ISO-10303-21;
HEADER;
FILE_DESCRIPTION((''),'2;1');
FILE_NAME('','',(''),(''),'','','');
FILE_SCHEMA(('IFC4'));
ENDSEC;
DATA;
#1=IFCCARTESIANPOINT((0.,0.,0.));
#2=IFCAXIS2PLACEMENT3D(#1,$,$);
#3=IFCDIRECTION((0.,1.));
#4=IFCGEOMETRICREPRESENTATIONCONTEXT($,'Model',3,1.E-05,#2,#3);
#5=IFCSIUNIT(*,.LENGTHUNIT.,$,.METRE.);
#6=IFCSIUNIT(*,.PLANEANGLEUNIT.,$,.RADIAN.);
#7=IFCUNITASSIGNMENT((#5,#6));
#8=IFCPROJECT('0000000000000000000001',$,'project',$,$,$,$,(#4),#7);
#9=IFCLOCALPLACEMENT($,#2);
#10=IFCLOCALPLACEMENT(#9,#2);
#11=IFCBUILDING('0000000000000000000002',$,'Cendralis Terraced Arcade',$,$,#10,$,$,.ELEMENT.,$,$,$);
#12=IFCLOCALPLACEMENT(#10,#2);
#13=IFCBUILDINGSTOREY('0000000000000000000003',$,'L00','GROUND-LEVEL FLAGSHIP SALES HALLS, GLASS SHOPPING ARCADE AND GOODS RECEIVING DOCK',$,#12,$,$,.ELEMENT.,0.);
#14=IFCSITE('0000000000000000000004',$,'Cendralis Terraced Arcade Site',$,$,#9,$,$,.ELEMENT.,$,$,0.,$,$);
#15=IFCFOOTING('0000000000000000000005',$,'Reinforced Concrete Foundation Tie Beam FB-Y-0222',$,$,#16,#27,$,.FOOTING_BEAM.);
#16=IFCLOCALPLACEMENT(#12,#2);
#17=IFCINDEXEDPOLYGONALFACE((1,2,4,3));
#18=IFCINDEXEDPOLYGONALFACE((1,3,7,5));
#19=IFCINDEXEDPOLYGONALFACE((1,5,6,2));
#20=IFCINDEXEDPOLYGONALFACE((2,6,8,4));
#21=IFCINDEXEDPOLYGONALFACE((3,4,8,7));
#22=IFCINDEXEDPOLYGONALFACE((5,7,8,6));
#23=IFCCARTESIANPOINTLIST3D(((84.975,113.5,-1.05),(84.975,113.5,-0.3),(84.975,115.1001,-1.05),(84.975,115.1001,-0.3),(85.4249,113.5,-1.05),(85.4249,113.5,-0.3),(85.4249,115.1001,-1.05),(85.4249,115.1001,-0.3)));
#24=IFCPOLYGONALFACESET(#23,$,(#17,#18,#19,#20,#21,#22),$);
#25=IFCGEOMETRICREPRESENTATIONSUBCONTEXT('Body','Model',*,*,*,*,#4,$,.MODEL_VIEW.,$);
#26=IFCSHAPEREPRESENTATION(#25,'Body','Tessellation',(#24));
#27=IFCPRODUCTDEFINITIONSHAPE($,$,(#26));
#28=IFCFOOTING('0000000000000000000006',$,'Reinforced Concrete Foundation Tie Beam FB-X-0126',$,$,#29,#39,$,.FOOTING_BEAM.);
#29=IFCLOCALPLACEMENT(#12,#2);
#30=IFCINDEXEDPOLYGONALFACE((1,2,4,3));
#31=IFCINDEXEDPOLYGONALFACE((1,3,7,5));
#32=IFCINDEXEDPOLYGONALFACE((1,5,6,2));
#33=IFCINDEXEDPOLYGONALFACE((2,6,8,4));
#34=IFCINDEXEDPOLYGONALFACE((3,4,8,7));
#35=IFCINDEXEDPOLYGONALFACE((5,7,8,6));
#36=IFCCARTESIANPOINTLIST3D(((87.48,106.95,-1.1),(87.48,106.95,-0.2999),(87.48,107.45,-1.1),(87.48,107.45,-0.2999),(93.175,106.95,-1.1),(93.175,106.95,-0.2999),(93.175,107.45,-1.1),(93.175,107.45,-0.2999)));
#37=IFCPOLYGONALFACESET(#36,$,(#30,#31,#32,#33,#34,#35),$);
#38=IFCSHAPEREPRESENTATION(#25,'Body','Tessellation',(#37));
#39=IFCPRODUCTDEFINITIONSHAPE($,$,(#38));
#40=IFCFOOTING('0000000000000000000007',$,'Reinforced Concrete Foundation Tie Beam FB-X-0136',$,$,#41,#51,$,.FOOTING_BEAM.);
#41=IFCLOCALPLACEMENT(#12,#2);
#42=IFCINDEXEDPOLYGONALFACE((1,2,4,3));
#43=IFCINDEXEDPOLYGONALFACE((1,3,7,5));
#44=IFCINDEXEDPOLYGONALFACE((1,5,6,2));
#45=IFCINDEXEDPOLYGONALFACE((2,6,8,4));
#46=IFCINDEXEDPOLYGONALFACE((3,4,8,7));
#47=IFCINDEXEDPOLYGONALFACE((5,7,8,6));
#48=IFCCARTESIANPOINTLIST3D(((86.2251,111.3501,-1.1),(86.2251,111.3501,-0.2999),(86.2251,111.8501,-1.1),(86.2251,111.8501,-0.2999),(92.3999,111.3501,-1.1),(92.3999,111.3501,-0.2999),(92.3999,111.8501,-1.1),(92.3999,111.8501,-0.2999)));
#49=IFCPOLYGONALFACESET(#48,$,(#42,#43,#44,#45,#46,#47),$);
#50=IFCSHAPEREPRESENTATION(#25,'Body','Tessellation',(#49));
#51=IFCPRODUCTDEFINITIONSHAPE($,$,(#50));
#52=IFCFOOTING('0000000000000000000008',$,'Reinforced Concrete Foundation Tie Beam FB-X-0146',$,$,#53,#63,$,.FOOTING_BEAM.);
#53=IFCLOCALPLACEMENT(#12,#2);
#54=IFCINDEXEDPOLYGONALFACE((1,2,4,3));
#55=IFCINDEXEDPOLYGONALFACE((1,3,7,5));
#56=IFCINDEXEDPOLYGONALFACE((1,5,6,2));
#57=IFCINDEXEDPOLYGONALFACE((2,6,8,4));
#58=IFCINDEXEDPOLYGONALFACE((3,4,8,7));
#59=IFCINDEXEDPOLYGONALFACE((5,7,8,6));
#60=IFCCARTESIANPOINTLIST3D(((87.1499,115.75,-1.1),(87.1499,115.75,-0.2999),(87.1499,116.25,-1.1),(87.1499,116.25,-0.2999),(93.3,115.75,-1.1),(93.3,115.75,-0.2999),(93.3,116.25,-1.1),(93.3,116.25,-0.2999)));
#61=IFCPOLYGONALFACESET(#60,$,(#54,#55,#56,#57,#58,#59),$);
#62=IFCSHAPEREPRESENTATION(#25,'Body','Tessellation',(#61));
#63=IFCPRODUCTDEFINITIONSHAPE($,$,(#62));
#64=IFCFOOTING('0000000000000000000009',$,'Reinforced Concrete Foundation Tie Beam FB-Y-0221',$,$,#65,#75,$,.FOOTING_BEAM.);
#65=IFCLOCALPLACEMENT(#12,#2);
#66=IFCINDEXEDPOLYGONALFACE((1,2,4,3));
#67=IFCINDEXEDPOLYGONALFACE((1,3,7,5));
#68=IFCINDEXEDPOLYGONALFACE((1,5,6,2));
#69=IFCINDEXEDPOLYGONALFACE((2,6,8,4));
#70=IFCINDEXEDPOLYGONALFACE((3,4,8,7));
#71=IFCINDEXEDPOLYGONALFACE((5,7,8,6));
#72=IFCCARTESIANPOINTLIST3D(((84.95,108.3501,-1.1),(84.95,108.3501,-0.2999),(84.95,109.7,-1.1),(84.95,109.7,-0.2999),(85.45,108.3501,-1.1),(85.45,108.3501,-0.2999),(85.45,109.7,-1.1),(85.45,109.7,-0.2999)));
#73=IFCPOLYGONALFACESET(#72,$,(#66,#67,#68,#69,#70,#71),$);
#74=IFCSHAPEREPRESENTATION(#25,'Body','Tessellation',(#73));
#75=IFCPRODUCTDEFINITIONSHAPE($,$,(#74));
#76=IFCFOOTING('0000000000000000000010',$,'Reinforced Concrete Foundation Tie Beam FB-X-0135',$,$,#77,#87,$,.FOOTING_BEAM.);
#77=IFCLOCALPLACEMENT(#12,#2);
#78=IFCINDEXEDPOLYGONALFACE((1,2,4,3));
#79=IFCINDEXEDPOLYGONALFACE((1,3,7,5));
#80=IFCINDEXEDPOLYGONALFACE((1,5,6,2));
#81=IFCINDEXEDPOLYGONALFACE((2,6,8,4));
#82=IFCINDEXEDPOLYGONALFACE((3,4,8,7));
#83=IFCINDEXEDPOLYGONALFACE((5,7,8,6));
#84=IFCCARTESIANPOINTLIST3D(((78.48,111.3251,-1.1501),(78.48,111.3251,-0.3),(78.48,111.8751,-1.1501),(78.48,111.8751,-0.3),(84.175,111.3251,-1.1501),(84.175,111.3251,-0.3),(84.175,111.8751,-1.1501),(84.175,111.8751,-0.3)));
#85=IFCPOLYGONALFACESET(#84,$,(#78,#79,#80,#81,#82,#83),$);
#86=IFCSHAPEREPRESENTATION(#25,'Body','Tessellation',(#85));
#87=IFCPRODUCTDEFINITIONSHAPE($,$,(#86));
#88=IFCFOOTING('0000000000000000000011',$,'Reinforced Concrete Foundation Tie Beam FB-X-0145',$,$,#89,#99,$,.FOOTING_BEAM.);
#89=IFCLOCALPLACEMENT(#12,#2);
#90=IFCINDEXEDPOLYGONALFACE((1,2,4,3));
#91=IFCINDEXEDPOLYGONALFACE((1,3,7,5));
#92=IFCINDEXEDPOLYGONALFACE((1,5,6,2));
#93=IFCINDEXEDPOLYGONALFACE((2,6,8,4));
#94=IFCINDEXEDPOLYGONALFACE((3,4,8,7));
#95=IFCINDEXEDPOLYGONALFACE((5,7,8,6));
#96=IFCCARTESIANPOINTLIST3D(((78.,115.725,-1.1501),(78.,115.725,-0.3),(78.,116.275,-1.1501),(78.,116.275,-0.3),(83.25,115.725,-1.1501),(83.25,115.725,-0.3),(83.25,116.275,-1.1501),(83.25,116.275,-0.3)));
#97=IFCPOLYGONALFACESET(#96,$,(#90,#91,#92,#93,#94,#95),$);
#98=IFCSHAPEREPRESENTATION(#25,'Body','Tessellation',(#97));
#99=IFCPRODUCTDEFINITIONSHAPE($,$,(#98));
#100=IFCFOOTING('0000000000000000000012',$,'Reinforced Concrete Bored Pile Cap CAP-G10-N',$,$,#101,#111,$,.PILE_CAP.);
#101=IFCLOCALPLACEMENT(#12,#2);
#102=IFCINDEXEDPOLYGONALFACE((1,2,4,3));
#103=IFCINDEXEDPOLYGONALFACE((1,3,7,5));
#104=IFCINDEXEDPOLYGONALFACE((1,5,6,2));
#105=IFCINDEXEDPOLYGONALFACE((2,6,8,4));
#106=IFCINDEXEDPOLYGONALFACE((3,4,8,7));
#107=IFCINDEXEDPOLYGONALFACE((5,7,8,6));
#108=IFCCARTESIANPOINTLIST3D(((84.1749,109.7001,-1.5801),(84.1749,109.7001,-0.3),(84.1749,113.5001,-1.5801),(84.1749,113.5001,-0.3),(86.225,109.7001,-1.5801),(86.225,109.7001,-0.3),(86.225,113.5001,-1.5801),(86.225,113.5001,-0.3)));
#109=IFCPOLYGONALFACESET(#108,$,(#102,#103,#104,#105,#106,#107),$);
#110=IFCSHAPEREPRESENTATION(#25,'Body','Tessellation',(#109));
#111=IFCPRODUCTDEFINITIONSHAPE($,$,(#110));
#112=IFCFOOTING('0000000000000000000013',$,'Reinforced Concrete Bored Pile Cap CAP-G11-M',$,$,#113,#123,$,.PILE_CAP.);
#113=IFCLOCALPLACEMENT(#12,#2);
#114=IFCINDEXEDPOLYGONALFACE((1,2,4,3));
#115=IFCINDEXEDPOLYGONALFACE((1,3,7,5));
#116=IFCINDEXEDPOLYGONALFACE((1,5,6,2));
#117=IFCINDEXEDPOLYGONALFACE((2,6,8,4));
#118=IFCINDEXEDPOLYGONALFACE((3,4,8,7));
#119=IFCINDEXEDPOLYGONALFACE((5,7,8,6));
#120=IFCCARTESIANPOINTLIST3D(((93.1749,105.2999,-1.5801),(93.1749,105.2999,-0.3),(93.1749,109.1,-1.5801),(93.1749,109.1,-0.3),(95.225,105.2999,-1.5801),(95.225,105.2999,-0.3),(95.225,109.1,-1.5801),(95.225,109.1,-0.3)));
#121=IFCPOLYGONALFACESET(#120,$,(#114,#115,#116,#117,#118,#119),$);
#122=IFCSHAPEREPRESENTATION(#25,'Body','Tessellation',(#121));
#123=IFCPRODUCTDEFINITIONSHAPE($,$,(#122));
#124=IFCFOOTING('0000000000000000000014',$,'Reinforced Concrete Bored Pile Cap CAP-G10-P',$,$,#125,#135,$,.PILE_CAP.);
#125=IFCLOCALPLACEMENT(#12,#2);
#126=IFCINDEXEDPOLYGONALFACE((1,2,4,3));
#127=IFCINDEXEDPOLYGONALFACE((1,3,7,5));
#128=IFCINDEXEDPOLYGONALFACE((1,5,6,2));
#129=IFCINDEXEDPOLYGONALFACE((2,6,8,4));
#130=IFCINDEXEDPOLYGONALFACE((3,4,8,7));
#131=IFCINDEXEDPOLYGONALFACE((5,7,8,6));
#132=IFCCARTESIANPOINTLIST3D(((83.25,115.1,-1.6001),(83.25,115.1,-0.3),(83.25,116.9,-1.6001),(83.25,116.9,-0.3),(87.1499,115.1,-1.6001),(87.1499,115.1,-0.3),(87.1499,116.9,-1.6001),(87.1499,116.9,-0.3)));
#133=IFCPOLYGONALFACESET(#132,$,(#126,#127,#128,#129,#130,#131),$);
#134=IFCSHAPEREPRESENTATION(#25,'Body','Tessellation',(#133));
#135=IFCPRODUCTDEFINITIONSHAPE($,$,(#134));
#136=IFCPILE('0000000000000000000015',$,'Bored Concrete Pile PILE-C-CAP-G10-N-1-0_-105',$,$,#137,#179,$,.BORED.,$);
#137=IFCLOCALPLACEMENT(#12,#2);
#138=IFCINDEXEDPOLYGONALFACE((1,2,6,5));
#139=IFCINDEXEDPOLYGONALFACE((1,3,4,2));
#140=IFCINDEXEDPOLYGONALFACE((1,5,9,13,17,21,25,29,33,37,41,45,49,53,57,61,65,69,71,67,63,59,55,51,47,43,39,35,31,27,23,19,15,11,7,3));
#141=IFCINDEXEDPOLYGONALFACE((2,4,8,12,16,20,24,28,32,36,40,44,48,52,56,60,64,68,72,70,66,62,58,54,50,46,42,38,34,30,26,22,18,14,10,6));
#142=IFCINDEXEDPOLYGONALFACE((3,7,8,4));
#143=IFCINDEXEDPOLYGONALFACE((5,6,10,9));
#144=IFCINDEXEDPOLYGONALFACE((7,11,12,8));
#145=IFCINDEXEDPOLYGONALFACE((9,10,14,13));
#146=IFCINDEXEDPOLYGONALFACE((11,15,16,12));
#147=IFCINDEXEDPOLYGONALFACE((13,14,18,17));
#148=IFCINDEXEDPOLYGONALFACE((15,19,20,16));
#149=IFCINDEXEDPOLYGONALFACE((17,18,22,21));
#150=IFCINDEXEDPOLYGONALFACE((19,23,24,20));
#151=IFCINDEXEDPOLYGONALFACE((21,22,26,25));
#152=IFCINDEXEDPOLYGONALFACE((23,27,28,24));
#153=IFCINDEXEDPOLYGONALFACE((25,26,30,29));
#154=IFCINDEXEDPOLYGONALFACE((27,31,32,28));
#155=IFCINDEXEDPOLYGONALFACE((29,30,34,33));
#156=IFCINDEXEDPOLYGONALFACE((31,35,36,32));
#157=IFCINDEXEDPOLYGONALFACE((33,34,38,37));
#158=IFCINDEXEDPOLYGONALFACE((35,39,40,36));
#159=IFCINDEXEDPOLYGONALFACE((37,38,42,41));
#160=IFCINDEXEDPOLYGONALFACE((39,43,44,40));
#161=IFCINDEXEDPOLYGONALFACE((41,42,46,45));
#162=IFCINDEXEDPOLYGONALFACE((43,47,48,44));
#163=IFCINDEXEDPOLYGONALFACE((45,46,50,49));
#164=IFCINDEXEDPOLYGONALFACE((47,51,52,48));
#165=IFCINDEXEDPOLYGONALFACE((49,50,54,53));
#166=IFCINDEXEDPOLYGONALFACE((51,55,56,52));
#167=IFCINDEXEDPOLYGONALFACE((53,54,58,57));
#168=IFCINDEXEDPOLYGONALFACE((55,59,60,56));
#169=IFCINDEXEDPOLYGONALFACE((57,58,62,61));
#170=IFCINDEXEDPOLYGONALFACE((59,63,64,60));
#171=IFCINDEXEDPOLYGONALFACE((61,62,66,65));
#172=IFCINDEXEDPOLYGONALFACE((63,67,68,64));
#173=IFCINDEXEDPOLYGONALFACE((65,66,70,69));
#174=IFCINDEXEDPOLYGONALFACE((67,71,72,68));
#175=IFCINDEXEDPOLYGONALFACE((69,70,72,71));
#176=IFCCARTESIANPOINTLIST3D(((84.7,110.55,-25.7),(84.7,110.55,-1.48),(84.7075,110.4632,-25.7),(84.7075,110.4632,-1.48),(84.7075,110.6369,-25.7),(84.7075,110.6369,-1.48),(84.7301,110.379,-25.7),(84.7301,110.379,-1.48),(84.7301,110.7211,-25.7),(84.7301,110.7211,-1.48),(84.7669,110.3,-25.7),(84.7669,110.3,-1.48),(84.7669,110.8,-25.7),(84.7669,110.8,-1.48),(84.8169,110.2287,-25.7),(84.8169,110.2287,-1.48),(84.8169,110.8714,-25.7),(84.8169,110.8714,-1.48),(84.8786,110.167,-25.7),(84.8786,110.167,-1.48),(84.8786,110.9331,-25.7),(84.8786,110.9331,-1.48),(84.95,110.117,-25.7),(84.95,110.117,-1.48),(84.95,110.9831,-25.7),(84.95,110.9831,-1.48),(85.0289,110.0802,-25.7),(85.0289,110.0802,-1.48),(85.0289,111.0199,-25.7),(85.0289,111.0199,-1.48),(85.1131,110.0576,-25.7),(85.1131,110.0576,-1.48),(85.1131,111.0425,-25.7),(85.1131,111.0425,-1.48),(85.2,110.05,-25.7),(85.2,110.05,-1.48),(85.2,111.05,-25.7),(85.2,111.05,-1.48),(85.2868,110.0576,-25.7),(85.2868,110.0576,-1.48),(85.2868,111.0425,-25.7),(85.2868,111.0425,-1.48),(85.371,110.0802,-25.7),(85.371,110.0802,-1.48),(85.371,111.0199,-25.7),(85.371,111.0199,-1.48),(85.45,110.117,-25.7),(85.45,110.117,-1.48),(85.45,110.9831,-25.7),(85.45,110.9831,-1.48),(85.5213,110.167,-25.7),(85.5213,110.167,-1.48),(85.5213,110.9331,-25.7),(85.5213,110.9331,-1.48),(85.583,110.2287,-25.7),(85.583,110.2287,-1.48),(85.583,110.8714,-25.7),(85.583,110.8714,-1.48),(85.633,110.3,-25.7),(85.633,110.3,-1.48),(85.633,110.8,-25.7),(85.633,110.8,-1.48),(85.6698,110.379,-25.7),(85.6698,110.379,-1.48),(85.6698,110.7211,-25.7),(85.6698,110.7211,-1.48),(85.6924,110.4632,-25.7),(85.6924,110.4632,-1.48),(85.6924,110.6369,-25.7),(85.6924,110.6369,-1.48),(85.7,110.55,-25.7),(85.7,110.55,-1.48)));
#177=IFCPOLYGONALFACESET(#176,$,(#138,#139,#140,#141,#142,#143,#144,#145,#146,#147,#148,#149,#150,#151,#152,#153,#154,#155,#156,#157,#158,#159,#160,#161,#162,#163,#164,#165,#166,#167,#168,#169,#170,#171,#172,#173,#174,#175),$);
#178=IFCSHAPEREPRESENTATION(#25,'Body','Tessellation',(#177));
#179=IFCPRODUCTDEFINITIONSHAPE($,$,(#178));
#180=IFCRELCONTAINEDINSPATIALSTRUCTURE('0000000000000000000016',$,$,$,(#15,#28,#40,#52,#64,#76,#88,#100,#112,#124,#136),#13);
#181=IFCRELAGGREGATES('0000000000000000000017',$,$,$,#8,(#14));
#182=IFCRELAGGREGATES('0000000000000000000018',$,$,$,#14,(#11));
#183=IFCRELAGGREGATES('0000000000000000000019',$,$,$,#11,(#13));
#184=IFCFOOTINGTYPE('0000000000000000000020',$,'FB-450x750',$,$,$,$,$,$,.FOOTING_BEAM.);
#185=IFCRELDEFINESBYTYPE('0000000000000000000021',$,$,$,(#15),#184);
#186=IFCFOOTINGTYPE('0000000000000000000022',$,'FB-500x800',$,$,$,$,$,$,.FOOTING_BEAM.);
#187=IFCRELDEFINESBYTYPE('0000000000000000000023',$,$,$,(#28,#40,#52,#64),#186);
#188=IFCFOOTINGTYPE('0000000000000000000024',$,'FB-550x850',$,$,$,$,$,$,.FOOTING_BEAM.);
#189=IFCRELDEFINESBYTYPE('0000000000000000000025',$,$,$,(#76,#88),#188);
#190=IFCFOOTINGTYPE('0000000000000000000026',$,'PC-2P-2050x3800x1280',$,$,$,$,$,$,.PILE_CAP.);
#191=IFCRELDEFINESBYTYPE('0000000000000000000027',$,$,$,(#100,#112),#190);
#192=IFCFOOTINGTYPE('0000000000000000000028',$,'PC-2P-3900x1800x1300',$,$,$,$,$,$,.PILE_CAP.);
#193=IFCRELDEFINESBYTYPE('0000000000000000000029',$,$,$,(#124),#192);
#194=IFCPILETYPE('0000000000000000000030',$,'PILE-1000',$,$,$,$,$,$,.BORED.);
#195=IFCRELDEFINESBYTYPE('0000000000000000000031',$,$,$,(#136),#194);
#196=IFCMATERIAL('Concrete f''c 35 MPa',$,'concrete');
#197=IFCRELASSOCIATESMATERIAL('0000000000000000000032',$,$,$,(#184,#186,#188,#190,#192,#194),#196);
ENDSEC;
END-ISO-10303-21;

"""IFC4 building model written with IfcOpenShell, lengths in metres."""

from ifc_helpers import new_model, si_unit, direction, frame, origin, origin_2d, place, context, subcontext, project, spatial, rectangle, circle, extrude, material, material_profile, profile_set, type_object, element, save


model = new_model("IFC4")

# Units and contexts
model_context = context("Model", 3, precision=1e-05, world=origin(), true_north=direction((0.0, 1.0)))
body_context = subcontext(model_context, "Body", "Model", "MODEL_VIEW")
ifc_project = project(units=[si_unit("LENGTHUNIT", "METRE"), si_unit("PLANEANGLEUNIT", "RADIAN")], contexts=[model_context])

# Site, building, storey
site_placement = place(None, origin())
site = spatial("IfcSite", under=ifc_project, at=site_placement, Name="Cendralis Terraced Arcade Site", CompositionType="ELEMENT", RefElevation=0.0)
building_placement = place(site_placement, origin())
building = spatial("IfcBuilding", under=site, at=building_placement, Name="Cendralis Terraced Arcade", CompositionType="ELEMENT")
storey_placement = place(building_placement, origin())
storey = spatial("IfcBuildingStorey", under=building, at=storey_placement, Name="L00", Description="GROUND-LEVEL FLAGSHIP SALES HALLS, GLASS SHOPPING ARCADE AND GOODS RECEIVING DOCK", CompositionType="ELEMENT", Elevation=0.0)

# Footings
ifc_material_1 = material(Name="Concrete f'c 35 MPa", Category="concrete")
ifc_material_profile_1 = material_profile(ifc_material_1, rectangle(XDim=0.45, YDim=0.75, at=origin_2d()), Name="FB-450x750", Category="LoadBearing")
ifc_profile_set_1 = profile_set([ifc_material_profile_1], Name="Concrete f'c 35 MPa")
footing_type_1 = type_object("IfcFootingType", Name="FB-450x750", PredefinedType="FOOTING_BEAM", material=ifc_profile_set_1)
footing_1_placement = place(storey_placement, frame((85.2, 113.5, -0.675), z_axis=(0.0, 1.0, 0.0), x_axis=(-1.0, 0.0, 0.0)))
element("IfcFooting", 1, at=footing_1_placement, inside=storey, type_object=footing_type_1, Name="Reinforced Concrete Foundation Tie Beam FB-Y-0222", PredefinedType="FOOTING_BEAM", context=body_context, shape_type="SweptSolid", body=[
    extrude(rectangle(XDim=0.45, YDim=0.75, at=origin_2d()), origin(), (0.0, 0.0, 1.0), 1.6001),
])
ifc_material_profile_2 = material_profile(ifc_material_1, rectangle(XDim=0.5, YDim=0.8, at=origin_2d()), Name="FB-500x800", Category="LoadBearing")
ifc_profile_set_2 = profile_set([ifc_material_profile_2], Name="Concrete f'c 35 MPa")
footing_type_2 = type_object("IfcFootingType", Name="FB-500x800", PredefinedType="FOOTING_BEAM", material=ifc_profile_set_2)
footing_2_placement = place(storey_placement, frame((87.48, 107.2, -0.7), z_axis=(1.0, 0.0, 0.0), x_axis=(0.0, 1.0, 0.0)))
element("IfcFooting", 2, at=footing_2_placement, inside=storey, type_object=footing_type_2, Name="Reinforced Concrete Foundation Tie Beam FB-X-0126", PredefinedType="FOOTING_BEAM", context=body_context, shape_type="SweptSolid", body=[
    extrude(rectangle(XDim=0.5, YDim=0.8, at=origin_2d()), origin(), (0.0, 0.0, 1.0), 5.6951),
])
footing_3_placement = place(storey_placement, frame((86.2251, 111.6001, -0.7), z_axis=(1.0, 0.0, 0.0), x_axis=(0.0, 1.0, 0.0)))
element("IfcFooting", 3, at=footing_3_placement, inside=storey, type_object=footing_type_2, Name="Reinforced Concrete Foundation Tie Beam FB-X-0136", PredefinedType="FOOTING_BEAM", context=body_context, shape_type="SweptSolid", body=[
    extrude(rectangle(XDim=0.5, YDim=0.8, at=origin_2d()), origin(), (0.0, 0.0, 1.0), 6.1748),
])
footing_4_placement = place(storey_placement, frame((87.1499, 116.0, -0.7), z_axis=(1.0, 0.0, 0.0), x_axis=(0.0, 1.0, 0.0)))
element("IfcFooting", 4, at=footing_4_placement, inside=storey, type_object=footing_type_2, Name="Reinforced Concrete Foundation Tie Beam FB-X-0146", PredefinedType="FOOTING_BEAM", context=body_context, shape_type="SweptSolid", body=[
    extrude(rectangle(XDim=0.5, YDim=0.8, at=origin_2d()), origin(), (0.0, 0.0, 1.0), 6.1501),
])
footing_5_placement = place(storey_placement, frame((85.2, 108.3501, -0.7), z_axis=(0.0, 1.0, 0.0), x_axis=(-1.0, 0.0, 0.0)))
element("IfcFooting", 5, at=footing_5_placement, inside=storey, type_object=footing_type_2, Name="Reinforced Concrete Foundation Tie Beam FB-Y-0221", PredefinedType="FOOTING_BEAM", context=body_context, shape_type="SweptSolid", body=[
    extrude(rectangle(XDim=0.5, YDim=0.8, at=origin_2d()), origin(), (0.0, 0.0, 1.0), 1.3499),
])
ifc_material_profile_3 = material_profile(ifc_material_1, rectangle(XDim=0.55, YDim=0.8501, at=origin_2d()), Name="FB-550x850", Category="LoadBearing")
ifc_profile_set_3 = profile_set([ifc_material_profile_3], Name="Concrete f'c 35 MPa")
footing_type_3 = type_object("IfcFootingType", Name="FB-550x850", PredefinedType="FOOTING_BEAM", material=ifc_profile_set_3)
footing_6_placement = place(storey_placement, frame((78.48, 111.6001, -0.7251), z_axis=(1.0, 0.0, 0.0), x_axis=(0.0, 1.0, 0.0)))
element("IfcFooting", 6, at=footing_6_placement, inside=storey, type_object=footing_type_3, Name="Reinforced Concrete Foundation Tie Beam FB-X-0135", PredefinedType="FOOTING_BEAM", context=body_context, shape_type="SweptSolid", body=[
    extrude(rectangle(XDim=0.55, YDim=0.8501, at=origin_2d()), origin(), (0.0, 0.0, 1.0), 5.6951),
])
footing_7_placement = place(storey_placement, frame((78.0, 116.0, -0.7251), z_axis=(1.0, 0.0, 0.0), x_axis=(0.0, 1.0, 0.0)))
element("IfcFooting", 7, at=footing_7_placement, inside=storey, type_object=footing_type_3, Name="Reinforced Concrete Foundation Tie Beam FB-X-0145", PredefinedType="FOOTING_BEAM", context=body_context, shape_type="SweptSolid", body=[
    extrude(rectangle(XDim=0.55, YDim=0.8501, at=origin_2d()), origin(), (0.0, 0.0, 1.0), 5.25),
])
footing_type_4 = type_object("IfcFootingType", Name="PC-2P-2050x3800x1280", PredefinedType="PILE_CAP", material=ifc_material_1)
for number, where, z_axis, x_axis, name in (
    (8, (85.2, 111.6001, -1.5801), (0.0, 0.0, 1.0), (1.0, 0.0, 0.0), "Reinforced Concrete Bored Pile Cap CAP-G10-N"),
    (9, (94.2, 107.2, -1.5801), (0.0, 0.0, 1.0), (1.0, 0.0, 0.0), "Reinforced Concrete Bored Pile Cap CAP-G11-M"),
):
    element("IfcFooting", number, at=place(storey_placement, frame(where, z_axis=z_axis, x_axis=x_axis)), inside=storey, type_object=footing_type_4, Name=name, PredefinedType="PILE_CAP", context=body_context, shape_type="SweptSolid", body=[
        extrude(rectangle(XDim=2.05, YDim=3.8, at=origin_2d()), origin(), (0.0, 0.0, 1.0), 1.28),
    ])
footing_type_5 = type_object("IfcFootingType", Name="PC-2P-3900x1800x1300", PredefinedType="PILE_CAP", material=ifc_material_1)
footing_8_placement = place(storey_placement, frame((85.2, 116.0, -1.6001), z_axis=(0.0, 0.0, 1.0), x_axis=(1.0, 0.0, 0.0)))
element("IfcFooting", 10, at=footing_8_placement, inside=storey, type_object=footing_type_5, Name="Reinforced Concrete Bored Pile Cap CAP-G10-P", PredefinedType="PILE_CAP", context=body_context, shape_type="SweptSolid", body=[
    extrude(rectangle(XDim=3.8999, YDim=1.8, at=origin_2d()), origin(), (0.0, 0.0, 1.0), 1.3),
])

# Pile
ifc_material_profile_4 = material_profile(ifc_material_1, circle(Radius=0.5, at=origin_2d()), Name="PILE-D1000", Category="LoadBearing")
ifc_profile_set_4 = profile_set([ifc_material_profile_4], Name="Concrete f'c 35 MPa")
pile_type_1 = type_object("IfcPileType", Name="PILE-1000", PredefinedType="BORED", material=ifc_profile_set_4)
for number, where, z_axis, x_axis, name in (
    (11, (85.2, 110.55, -1.48), (0.0, 0.0, -1.0), (1.0, 0.0, 0.0), "Bored Concrete Pile PILE-C-CAP-G10-N-1-0_-105"),
):
    element("IfcPile", number, at=place(storey_placement, frame(where, z_axis=z_axis, x_axis=x_axis)), inside=storey, type_object=pile_type_1, Name=name, PredefinedType="BORED", context=body_context, shape_type="SweptSolid", body=[
        extrude(circle(Radius=0.5, at=origin_2d()), origin(), (0.0, 0.0, 1.0), 24.22),
    ])

save(model, "model.ifc")
